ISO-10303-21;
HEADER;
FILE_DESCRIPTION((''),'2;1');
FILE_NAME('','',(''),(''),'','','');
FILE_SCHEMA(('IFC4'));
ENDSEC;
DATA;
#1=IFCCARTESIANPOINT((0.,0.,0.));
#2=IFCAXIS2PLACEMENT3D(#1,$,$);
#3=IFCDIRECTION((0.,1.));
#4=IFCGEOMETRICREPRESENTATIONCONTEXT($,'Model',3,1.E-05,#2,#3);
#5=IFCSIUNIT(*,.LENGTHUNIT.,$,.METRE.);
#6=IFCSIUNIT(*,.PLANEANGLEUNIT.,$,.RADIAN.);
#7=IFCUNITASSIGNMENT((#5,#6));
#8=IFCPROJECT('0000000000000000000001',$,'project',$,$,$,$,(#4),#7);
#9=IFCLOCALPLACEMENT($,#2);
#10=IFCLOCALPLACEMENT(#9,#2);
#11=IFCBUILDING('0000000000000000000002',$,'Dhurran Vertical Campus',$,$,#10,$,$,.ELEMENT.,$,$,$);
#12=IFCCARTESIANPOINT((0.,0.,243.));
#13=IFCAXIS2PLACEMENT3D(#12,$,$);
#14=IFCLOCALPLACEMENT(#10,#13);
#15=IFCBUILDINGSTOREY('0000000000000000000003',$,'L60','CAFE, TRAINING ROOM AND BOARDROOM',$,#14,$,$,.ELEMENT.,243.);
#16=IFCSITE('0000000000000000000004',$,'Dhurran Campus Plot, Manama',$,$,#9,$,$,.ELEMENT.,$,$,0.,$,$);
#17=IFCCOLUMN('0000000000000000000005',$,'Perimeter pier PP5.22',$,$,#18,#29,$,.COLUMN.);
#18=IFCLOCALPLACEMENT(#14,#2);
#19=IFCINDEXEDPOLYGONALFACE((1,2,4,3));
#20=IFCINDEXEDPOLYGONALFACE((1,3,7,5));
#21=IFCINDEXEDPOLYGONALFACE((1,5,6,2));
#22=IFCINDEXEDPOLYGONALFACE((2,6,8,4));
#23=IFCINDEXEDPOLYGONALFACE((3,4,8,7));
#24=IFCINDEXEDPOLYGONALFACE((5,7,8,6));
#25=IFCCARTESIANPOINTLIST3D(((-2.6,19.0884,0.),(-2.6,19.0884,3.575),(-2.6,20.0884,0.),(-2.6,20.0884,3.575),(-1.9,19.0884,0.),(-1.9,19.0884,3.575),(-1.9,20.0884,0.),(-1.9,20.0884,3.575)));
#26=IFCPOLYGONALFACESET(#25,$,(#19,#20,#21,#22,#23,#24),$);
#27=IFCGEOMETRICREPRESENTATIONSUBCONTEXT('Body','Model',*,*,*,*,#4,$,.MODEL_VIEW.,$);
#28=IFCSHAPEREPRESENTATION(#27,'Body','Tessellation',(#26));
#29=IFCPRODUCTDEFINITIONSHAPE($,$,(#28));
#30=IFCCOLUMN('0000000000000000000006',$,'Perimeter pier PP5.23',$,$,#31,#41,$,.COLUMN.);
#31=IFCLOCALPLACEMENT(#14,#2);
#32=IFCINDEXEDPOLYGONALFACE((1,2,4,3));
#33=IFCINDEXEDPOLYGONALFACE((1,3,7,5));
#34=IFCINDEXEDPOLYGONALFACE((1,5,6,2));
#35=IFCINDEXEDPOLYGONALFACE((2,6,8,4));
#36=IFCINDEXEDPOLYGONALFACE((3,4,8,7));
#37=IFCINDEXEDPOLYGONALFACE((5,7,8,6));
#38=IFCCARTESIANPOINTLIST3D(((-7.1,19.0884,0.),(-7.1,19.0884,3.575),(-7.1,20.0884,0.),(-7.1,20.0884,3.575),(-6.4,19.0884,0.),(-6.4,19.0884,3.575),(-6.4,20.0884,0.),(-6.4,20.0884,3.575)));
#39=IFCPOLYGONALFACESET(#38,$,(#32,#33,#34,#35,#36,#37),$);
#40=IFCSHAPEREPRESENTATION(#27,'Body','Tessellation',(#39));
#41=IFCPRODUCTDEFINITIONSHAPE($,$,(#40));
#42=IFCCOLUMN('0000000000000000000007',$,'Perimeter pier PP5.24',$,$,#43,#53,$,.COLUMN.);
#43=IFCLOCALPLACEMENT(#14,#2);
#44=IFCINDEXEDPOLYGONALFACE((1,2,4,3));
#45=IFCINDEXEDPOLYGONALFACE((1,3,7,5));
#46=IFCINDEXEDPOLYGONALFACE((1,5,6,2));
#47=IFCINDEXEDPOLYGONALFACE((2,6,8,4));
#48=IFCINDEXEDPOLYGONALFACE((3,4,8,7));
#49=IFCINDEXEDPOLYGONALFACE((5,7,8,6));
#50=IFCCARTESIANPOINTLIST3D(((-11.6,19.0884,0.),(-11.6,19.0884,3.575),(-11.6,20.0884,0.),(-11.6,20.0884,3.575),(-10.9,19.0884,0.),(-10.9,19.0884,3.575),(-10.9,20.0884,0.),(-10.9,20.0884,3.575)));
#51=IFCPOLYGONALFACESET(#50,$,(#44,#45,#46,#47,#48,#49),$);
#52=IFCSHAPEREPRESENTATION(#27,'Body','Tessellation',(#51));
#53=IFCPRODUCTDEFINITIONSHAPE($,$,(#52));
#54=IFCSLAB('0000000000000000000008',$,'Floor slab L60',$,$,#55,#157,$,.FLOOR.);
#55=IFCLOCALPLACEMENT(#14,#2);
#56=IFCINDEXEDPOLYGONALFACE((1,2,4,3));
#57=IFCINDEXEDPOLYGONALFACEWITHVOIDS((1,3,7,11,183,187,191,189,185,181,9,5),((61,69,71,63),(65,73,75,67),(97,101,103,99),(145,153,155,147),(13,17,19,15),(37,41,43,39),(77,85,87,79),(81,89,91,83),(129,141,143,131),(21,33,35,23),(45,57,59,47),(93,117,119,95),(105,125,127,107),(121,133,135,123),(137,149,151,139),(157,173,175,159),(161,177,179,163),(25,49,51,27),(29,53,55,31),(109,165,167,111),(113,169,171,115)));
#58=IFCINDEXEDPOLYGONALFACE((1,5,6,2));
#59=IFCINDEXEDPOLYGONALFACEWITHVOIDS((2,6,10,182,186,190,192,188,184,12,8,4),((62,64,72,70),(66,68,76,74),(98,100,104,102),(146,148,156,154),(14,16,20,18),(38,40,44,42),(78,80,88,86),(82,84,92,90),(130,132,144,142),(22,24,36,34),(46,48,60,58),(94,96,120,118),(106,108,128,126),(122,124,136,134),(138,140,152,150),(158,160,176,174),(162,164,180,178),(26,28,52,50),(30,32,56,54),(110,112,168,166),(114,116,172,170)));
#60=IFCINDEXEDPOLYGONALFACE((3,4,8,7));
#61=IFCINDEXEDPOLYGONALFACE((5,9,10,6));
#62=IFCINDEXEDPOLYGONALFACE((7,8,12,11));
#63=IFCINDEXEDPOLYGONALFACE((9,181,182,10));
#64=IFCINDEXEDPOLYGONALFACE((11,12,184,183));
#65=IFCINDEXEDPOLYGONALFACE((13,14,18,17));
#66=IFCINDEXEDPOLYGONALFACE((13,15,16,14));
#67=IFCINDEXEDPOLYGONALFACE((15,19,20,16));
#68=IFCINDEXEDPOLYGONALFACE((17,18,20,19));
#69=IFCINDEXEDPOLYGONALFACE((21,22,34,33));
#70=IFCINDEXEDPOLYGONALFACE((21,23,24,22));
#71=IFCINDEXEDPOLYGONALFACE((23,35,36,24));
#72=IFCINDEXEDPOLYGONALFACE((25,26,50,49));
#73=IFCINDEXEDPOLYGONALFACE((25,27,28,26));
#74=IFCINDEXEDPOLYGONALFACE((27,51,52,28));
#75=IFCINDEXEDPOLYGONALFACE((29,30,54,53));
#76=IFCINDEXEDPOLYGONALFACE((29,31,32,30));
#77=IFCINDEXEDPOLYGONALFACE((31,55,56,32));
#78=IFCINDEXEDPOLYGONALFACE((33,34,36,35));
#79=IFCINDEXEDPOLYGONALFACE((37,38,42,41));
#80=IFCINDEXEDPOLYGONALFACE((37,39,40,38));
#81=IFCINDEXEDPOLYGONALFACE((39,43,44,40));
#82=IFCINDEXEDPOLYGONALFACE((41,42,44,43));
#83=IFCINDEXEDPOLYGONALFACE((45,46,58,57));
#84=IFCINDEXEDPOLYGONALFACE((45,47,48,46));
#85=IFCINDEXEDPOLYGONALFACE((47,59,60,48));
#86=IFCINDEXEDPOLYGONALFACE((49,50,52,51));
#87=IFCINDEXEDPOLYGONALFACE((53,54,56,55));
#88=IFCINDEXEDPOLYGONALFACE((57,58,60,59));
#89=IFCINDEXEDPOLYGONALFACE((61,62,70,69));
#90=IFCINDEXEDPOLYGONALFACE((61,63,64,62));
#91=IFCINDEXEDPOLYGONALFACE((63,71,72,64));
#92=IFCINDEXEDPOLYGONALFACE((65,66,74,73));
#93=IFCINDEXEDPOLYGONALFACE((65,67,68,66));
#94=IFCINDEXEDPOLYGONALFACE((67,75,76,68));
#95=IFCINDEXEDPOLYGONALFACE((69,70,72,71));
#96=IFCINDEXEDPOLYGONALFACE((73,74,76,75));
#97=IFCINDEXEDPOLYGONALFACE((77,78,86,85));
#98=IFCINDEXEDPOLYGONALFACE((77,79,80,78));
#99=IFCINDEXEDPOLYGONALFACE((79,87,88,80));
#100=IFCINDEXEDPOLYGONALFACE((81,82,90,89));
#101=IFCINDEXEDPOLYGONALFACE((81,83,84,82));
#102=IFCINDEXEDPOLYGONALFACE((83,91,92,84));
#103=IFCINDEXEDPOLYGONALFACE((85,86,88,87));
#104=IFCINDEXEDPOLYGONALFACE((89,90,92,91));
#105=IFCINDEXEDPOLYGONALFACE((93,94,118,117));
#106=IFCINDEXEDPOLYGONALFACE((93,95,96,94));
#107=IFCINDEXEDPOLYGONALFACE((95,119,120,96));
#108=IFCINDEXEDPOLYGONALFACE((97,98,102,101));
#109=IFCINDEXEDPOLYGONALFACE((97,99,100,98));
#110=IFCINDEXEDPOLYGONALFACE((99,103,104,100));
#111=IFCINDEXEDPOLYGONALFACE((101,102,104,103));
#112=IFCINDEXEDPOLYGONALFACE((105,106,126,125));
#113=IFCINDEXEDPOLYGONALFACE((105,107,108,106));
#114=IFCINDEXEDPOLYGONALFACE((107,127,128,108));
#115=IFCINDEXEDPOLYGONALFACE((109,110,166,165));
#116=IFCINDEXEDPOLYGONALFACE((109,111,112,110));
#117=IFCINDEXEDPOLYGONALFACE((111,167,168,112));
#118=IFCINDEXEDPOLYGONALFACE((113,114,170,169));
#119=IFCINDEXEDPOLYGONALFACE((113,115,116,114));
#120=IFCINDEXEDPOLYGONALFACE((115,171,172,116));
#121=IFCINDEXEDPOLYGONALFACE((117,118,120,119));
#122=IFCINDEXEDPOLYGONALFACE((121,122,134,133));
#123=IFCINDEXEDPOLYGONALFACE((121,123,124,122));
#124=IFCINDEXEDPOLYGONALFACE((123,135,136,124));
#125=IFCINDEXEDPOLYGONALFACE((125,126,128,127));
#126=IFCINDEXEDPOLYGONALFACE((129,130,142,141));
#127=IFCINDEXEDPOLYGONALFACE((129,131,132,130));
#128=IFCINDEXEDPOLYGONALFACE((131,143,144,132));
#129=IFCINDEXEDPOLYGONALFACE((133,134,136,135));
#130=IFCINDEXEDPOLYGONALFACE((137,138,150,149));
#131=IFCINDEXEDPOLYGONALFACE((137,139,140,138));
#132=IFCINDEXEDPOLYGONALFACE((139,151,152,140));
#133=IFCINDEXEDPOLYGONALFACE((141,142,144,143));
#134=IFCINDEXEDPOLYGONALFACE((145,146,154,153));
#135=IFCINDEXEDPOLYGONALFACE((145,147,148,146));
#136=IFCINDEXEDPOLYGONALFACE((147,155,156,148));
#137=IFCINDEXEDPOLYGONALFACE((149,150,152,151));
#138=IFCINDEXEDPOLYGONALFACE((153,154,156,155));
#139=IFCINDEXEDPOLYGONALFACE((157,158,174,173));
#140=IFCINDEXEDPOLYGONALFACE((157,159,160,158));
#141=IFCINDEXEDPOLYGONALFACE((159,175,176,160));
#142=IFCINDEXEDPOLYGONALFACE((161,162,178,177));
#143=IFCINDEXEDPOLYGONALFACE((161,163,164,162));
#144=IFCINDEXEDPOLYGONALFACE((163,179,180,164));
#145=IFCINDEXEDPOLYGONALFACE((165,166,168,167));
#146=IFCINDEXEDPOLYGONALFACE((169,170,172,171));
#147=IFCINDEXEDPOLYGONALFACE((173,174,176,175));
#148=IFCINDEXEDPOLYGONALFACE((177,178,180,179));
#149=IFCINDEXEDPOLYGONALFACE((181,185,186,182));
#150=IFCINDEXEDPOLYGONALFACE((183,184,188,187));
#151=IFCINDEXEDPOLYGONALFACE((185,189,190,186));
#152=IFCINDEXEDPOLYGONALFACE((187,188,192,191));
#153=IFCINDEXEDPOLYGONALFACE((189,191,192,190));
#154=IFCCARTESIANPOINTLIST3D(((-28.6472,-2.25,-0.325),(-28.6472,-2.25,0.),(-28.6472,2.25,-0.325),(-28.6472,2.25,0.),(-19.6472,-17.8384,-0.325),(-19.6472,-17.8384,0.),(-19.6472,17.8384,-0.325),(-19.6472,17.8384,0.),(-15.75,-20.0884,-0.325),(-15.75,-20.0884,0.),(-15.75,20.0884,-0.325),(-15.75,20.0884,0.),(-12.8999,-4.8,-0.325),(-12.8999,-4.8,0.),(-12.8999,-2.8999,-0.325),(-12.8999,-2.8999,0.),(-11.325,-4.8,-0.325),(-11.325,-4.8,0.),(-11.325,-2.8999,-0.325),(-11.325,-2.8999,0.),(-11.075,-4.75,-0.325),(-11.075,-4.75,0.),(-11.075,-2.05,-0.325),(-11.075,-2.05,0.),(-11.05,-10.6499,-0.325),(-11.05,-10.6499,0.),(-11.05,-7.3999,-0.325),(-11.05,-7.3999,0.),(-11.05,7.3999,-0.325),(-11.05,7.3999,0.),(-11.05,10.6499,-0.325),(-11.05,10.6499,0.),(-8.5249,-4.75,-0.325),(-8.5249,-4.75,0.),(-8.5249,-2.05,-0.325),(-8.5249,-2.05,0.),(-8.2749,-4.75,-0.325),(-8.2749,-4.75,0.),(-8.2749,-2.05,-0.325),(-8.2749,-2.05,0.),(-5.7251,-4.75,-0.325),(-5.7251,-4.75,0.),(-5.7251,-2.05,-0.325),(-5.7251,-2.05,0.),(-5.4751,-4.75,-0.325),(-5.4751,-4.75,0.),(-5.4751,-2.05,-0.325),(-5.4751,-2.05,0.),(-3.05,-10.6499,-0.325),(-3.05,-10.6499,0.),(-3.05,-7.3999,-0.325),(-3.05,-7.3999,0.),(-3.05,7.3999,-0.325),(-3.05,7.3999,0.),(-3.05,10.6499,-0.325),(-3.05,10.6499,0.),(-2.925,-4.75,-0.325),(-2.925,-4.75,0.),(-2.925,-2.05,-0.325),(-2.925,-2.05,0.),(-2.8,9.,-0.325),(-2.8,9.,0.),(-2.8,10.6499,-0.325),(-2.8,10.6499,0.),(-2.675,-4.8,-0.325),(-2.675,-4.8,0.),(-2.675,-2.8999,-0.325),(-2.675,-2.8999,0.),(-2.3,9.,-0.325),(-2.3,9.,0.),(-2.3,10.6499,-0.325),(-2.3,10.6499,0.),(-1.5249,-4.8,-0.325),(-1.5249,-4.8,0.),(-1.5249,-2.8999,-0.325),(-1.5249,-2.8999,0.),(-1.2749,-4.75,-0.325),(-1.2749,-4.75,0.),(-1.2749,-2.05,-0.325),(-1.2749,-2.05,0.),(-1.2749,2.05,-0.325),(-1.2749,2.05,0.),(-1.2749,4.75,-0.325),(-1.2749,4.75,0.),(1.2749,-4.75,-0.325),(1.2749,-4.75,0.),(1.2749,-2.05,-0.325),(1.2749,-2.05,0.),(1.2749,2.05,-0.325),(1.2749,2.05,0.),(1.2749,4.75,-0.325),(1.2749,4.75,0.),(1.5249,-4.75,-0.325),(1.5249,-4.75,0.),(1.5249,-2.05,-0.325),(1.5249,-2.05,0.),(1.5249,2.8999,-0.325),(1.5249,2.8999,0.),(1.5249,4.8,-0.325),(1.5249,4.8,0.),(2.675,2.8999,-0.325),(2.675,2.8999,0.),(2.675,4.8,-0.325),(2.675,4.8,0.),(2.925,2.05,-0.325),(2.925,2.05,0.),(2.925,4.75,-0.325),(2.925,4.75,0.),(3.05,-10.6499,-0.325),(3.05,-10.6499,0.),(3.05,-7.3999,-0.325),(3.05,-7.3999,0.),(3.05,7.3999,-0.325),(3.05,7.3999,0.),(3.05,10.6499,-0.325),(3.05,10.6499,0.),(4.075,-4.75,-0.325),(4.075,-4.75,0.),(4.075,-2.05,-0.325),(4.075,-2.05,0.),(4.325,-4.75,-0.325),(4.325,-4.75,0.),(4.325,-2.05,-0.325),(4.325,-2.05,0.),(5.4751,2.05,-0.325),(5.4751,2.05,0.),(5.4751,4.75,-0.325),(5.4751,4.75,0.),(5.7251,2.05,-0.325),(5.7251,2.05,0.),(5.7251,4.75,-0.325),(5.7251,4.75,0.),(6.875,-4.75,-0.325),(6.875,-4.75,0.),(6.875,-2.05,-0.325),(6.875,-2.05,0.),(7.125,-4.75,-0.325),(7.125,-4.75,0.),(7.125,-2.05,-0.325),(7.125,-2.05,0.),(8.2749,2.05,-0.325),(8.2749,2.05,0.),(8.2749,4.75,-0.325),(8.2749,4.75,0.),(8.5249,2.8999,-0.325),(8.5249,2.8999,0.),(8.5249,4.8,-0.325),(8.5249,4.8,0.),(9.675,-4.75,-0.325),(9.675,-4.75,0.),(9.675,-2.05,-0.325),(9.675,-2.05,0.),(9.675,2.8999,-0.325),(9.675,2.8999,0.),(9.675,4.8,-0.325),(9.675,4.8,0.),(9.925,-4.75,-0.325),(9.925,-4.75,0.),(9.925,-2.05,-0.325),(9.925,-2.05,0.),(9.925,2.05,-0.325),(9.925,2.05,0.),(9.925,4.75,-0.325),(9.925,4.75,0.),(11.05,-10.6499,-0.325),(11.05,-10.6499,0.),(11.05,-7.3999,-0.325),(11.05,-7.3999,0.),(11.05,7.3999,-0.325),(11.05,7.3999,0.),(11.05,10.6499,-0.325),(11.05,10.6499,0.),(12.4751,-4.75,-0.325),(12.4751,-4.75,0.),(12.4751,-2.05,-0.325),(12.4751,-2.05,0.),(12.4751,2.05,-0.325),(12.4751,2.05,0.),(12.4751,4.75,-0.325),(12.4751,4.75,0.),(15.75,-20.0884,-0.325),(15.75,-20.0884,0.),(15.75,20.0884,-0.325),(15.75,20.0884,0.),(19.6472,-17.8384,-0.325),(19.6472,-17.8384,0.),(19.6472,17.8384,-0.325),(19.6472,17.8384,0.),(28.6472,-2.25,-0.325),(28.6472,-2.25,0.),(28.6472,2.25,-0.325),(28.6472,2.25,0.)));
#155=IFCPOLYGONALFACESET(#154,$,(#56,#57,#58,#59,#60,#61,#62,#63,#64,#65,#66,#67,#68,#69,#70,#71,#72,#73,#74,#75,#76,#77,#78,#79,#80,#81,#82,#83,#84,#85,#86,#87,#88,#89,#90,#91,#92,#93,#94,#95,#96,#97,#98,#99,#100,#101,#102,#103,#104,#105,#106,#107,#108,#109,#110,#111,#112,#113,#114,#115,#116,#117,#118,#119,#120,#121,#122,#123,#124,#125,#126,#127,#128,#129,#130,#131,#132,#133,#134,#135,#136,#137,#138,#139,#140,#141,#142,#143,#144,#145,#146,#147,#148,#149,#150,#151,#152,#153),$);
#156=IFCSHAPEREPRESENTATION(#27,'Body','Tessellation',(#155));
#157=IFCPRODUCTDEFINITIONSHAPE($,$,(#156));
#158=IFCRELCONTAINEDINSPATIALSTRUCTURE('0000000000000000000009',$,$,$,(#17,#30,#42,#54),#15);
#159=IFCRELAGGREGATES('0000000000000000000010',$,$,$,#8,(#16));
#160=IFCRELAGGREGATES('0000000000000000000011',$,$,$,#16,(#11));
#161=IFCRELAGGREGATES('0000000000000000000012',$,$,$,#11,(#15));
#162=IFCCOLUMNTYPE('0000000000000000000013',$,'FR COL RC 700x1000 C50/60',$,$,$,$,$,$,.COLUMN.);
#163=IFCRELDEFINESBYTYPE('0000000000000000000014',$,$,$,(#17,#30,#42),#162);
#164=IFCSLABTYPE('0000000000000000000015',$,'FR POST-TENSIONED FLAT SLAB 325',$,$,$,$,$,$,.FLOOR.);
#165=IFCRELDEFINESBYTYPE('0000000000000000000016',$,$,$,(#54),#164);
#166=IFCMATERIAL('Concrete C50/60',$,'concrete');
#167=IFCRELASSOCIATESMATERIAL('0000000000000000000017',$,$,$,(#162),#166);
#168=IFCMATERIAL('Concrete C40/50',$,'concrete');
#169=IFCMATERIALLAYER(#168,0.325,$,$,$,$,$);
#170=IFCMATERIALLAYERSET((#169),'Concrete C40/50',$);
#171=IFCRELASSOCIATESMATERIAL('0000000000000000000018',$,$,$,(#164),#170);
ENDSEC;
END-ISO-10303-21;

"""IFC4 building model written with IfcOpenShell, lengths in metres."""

from ifc_helpers import new_model, si_unit, direction, frame, origin, origin_2d, place, context, subcontext, project, spatial, polyline, rectangle, outline, extrude, material, layer, layer_set, material_profile, profile_set, type_object, element, save


model = new_model("IFC4")

# Units and contexts
model_context = context("Model", 3, precision=1e-05, world=origin(), true_north=direction((0.0, 1.0)))
body_context = subcontext(model_context, "Body", "Model", "MODEL_VIEW")
ifc_project = project(units=[si_unit("LENGTHUNIT", "METRE"), si_unit("PLANEANGLEUNIT", "RADIAN")], contexts=[model_context])

# Site, building, storey
site_placement = place(None, origin())
site = spatial("IfcSite", under=ifc_project, at=site_placement, Name="Dhurran Campus Plot, Manama", CompositionType="ELEMENT", RefElevation=0.0)
building_placement = place(site_placement, origin())
building = spatial("IfcBuilding", under=site, at=building_placement, Name="Dhurran Vertical Campus", CompositionType="ELEMENT")
storey_placement = place(building_placement, frame((0.0, 0.0, 243.0)))
storey = spatial("IfcBuildingStorey", under=building, at=storey_placement, Name="L60", Description="CAFE, TRAINING ROOM AND BOARDROOM", CompositionType="ELEMENT", Elevation=243.0)

# Columns
ifc_material_1 = material(Name="Concrete C50/60", Category="concrete")
ifc_material_profile = material_profile(ifc_material_1, rectangle(XDim=0.7, YDim=1.0, at=origin_2d()), Name="RC 700x1000")
ifc_profile_set = profile_set([ifc_material_profile], Name="Concrete C50/60")
column_type = type_object("IfcColumnType", Name="FR COL RC 700x1000 C50/60", PredefinedType="COLUMN", material=ifc_profile_set)
for number, where, z_axis, x_axis, name in (
    (1, (-2.25, 19.5884, 0.0), (0.0, 0.0, 1.0), (-1.0, 0.0, 0.0), "Perimeter pier PP5.22"),
    (2, (-6.75, 19.5884, 0.0), (0.0, 0.0, 1.0), (-1.0, 0.0, 0.0), "Perimeter pier PP5.23"),
    (3, (-11.25, 19.5884, 0.0), (0.0, 0.0, 1.0), (-1.0, 0.0, 0.0), "Perimeter pier PP5.24"),
):
    element("IfcColumn", number, at=place(storey_placement, frame(where, z_axis=z_axis, x_axis=x_axis)), inside=storey, type_object=column_type, Name=name, PredefinedType="COLUMN", context=body_context, shape_type="SweptSolid", body=[
        extrude(rectangle(XDim=0.7, YDim=1.0, at=origin_2d()), origin(), (0.0, 0.0, 1.0), 3.575),
    ])

# Slab
ifc_material_2 = material(Name="Concrete C40/50", Category="concrete")
ifc_layer_1 = layer(ifc_material_2, 0.325)
ifc_layer_set_1 = layer_set([ifc_layer_1], Name="Concrete C40/50")
slab_type = type_object("IfcSlabType", Name="FR POST-TENSIONED FLAT SLAB 325", PredefinedType="FLOOR", material=ifc_layer_set_1)
slab_placement = place(storey_placement, frame((0.0, 0.0, -0.325)))
element("IfcSlab", 4, at=slab_placement, inside=storey, type_object=slab_type, Name="Floor slab L60", PredefinedType="FLOOR", context=body_context, shape_type="SweptSolid", body=[
    extrude(outline(polyline([(-15.75, -20.0884), (15.75, -20.0884), (19.6472, -17.8384), (28.6472, -2.25), (28.6472, 2.25), (19.6472, 17.8384), (15.75, 20.0884), (-15.75, 20.0884), (-19.6472, 17.8384), (-28.6472, 2.25), (-28.6472, -2.25), (-19.6472, -17.8384), (-15.75, -20.0884)]), holes=[polyline([(-1.2749, 2.05), (1.2749, 2.05), (1.2749, 4.75), (-1.2749, 4.75), (-1.2749, 2.05)]), polyline([(9.925, 2.05), (12.4751, 2.05), (12.4751, 4.75), (9.925, 4.75), (9.925, 2.05)]), polyline([(-1.2749, -4.75), (1.2749, -4.75), (1.2749, -2.05), (-1.2749, -2.05), (-1.2749, -4.75)]), polyline([(1.5249, -4.75), (4.075, -4.75), (4.075, -2.05), (1.5249, -2.05), (1.5249, -4.75)]), polyline([(4.325, -4.75), (6.875, -4.75), (6.875, -2.05), (4.325, -2.05), (4.325, -4.75)]), polyline([(7.125, -4.75), (9.675, -4.75), (9.675, -2.05), (7.125, -2.05), (7.125, -4.75)]), polyline([(9.925, -4.75), (12.4751, -4.75), (12.4751, -2.05), (9.925, -2.05), (9.925, -4.75)]), polyline([(2.925, 2.05), (5.4751, 2.05), (5.4751, 4.75), (2.925, 4.75), (2.925, 2.05)]), polyline([(5.7251, 2.05), (8.2749, 2.05), (8.2749, 4.75), (5.7251, 4.75), (5.7251, 2.05)]), polyline([(-11.075, -4.75), (-8.5249, -4.75), (-8.5249, -2.05), (-11.075, -2.05), (-11.075, -4.75)]), polyline([(-8.2749, -4.75), (-5.7251, -4.75), (-5.7251, -2.05), (-8.2749, -2.05), (-8.2749, -4.75)]), polyline([(-5.4751, -4.75), (-2.925, -4.75), (-2.925, -2.05), (-5.4751, -2.05), (-5.4751, -4.75)]), polyline([(-11.05, 7.3999), (-3.05, 7.3999), (-3.05, 10.6499), (-11.05, 10.6499), (-11.05, 7.3999)]), polyline([(3.05, 7.3999), (11.05, 7.3999), (11.05, 10.6499), (3.05, 10.6499), (3.05, 7.3999)]), polyline([(-11.05, -10.6499), (-3.05, -10.6499), (-3.05, -7.3999), (-11.05, -7.3999), (-11.05, -10.6499)]), polyline([(3.05, -10.6499), (11.05, -10.6499), (11.05, -7.3999), (3.05, -7.3999), (3.05, -10.6499)]), polyline([(2.675, 2.8999), (1.5249, 2.8999), (1.5249, 4.8), (2.675, 4.8), (2.675, 2.8999)]), polyline([(-12.8999, -2.8999), (-11.325, -2.8999), (-11.325, -4.8), (-12.8999, -4.8), (-12.8999, -2.8999)]), polyline([(-2.675, -2.8999), (-1.5249, -2.8999), (-1.5249, -4.8), (-2.675, -4.8), (-2.675, -2.8999)]), polyline([(-2.3, 10.6499), (-2.3, 9.0), (-2.8, 9.0), (-2.8, 10.6499), (-2.3, 10.6499)]), polyline([(9.675, 2.8999), (8.5249, 2.8999), (8.5249, 4.8), (9.675, 4.8), (9.675, 2.8999)])]), origin(), (0.0, 0.0, 1.0), 0.325),
])

save(model, "model.ifc")
